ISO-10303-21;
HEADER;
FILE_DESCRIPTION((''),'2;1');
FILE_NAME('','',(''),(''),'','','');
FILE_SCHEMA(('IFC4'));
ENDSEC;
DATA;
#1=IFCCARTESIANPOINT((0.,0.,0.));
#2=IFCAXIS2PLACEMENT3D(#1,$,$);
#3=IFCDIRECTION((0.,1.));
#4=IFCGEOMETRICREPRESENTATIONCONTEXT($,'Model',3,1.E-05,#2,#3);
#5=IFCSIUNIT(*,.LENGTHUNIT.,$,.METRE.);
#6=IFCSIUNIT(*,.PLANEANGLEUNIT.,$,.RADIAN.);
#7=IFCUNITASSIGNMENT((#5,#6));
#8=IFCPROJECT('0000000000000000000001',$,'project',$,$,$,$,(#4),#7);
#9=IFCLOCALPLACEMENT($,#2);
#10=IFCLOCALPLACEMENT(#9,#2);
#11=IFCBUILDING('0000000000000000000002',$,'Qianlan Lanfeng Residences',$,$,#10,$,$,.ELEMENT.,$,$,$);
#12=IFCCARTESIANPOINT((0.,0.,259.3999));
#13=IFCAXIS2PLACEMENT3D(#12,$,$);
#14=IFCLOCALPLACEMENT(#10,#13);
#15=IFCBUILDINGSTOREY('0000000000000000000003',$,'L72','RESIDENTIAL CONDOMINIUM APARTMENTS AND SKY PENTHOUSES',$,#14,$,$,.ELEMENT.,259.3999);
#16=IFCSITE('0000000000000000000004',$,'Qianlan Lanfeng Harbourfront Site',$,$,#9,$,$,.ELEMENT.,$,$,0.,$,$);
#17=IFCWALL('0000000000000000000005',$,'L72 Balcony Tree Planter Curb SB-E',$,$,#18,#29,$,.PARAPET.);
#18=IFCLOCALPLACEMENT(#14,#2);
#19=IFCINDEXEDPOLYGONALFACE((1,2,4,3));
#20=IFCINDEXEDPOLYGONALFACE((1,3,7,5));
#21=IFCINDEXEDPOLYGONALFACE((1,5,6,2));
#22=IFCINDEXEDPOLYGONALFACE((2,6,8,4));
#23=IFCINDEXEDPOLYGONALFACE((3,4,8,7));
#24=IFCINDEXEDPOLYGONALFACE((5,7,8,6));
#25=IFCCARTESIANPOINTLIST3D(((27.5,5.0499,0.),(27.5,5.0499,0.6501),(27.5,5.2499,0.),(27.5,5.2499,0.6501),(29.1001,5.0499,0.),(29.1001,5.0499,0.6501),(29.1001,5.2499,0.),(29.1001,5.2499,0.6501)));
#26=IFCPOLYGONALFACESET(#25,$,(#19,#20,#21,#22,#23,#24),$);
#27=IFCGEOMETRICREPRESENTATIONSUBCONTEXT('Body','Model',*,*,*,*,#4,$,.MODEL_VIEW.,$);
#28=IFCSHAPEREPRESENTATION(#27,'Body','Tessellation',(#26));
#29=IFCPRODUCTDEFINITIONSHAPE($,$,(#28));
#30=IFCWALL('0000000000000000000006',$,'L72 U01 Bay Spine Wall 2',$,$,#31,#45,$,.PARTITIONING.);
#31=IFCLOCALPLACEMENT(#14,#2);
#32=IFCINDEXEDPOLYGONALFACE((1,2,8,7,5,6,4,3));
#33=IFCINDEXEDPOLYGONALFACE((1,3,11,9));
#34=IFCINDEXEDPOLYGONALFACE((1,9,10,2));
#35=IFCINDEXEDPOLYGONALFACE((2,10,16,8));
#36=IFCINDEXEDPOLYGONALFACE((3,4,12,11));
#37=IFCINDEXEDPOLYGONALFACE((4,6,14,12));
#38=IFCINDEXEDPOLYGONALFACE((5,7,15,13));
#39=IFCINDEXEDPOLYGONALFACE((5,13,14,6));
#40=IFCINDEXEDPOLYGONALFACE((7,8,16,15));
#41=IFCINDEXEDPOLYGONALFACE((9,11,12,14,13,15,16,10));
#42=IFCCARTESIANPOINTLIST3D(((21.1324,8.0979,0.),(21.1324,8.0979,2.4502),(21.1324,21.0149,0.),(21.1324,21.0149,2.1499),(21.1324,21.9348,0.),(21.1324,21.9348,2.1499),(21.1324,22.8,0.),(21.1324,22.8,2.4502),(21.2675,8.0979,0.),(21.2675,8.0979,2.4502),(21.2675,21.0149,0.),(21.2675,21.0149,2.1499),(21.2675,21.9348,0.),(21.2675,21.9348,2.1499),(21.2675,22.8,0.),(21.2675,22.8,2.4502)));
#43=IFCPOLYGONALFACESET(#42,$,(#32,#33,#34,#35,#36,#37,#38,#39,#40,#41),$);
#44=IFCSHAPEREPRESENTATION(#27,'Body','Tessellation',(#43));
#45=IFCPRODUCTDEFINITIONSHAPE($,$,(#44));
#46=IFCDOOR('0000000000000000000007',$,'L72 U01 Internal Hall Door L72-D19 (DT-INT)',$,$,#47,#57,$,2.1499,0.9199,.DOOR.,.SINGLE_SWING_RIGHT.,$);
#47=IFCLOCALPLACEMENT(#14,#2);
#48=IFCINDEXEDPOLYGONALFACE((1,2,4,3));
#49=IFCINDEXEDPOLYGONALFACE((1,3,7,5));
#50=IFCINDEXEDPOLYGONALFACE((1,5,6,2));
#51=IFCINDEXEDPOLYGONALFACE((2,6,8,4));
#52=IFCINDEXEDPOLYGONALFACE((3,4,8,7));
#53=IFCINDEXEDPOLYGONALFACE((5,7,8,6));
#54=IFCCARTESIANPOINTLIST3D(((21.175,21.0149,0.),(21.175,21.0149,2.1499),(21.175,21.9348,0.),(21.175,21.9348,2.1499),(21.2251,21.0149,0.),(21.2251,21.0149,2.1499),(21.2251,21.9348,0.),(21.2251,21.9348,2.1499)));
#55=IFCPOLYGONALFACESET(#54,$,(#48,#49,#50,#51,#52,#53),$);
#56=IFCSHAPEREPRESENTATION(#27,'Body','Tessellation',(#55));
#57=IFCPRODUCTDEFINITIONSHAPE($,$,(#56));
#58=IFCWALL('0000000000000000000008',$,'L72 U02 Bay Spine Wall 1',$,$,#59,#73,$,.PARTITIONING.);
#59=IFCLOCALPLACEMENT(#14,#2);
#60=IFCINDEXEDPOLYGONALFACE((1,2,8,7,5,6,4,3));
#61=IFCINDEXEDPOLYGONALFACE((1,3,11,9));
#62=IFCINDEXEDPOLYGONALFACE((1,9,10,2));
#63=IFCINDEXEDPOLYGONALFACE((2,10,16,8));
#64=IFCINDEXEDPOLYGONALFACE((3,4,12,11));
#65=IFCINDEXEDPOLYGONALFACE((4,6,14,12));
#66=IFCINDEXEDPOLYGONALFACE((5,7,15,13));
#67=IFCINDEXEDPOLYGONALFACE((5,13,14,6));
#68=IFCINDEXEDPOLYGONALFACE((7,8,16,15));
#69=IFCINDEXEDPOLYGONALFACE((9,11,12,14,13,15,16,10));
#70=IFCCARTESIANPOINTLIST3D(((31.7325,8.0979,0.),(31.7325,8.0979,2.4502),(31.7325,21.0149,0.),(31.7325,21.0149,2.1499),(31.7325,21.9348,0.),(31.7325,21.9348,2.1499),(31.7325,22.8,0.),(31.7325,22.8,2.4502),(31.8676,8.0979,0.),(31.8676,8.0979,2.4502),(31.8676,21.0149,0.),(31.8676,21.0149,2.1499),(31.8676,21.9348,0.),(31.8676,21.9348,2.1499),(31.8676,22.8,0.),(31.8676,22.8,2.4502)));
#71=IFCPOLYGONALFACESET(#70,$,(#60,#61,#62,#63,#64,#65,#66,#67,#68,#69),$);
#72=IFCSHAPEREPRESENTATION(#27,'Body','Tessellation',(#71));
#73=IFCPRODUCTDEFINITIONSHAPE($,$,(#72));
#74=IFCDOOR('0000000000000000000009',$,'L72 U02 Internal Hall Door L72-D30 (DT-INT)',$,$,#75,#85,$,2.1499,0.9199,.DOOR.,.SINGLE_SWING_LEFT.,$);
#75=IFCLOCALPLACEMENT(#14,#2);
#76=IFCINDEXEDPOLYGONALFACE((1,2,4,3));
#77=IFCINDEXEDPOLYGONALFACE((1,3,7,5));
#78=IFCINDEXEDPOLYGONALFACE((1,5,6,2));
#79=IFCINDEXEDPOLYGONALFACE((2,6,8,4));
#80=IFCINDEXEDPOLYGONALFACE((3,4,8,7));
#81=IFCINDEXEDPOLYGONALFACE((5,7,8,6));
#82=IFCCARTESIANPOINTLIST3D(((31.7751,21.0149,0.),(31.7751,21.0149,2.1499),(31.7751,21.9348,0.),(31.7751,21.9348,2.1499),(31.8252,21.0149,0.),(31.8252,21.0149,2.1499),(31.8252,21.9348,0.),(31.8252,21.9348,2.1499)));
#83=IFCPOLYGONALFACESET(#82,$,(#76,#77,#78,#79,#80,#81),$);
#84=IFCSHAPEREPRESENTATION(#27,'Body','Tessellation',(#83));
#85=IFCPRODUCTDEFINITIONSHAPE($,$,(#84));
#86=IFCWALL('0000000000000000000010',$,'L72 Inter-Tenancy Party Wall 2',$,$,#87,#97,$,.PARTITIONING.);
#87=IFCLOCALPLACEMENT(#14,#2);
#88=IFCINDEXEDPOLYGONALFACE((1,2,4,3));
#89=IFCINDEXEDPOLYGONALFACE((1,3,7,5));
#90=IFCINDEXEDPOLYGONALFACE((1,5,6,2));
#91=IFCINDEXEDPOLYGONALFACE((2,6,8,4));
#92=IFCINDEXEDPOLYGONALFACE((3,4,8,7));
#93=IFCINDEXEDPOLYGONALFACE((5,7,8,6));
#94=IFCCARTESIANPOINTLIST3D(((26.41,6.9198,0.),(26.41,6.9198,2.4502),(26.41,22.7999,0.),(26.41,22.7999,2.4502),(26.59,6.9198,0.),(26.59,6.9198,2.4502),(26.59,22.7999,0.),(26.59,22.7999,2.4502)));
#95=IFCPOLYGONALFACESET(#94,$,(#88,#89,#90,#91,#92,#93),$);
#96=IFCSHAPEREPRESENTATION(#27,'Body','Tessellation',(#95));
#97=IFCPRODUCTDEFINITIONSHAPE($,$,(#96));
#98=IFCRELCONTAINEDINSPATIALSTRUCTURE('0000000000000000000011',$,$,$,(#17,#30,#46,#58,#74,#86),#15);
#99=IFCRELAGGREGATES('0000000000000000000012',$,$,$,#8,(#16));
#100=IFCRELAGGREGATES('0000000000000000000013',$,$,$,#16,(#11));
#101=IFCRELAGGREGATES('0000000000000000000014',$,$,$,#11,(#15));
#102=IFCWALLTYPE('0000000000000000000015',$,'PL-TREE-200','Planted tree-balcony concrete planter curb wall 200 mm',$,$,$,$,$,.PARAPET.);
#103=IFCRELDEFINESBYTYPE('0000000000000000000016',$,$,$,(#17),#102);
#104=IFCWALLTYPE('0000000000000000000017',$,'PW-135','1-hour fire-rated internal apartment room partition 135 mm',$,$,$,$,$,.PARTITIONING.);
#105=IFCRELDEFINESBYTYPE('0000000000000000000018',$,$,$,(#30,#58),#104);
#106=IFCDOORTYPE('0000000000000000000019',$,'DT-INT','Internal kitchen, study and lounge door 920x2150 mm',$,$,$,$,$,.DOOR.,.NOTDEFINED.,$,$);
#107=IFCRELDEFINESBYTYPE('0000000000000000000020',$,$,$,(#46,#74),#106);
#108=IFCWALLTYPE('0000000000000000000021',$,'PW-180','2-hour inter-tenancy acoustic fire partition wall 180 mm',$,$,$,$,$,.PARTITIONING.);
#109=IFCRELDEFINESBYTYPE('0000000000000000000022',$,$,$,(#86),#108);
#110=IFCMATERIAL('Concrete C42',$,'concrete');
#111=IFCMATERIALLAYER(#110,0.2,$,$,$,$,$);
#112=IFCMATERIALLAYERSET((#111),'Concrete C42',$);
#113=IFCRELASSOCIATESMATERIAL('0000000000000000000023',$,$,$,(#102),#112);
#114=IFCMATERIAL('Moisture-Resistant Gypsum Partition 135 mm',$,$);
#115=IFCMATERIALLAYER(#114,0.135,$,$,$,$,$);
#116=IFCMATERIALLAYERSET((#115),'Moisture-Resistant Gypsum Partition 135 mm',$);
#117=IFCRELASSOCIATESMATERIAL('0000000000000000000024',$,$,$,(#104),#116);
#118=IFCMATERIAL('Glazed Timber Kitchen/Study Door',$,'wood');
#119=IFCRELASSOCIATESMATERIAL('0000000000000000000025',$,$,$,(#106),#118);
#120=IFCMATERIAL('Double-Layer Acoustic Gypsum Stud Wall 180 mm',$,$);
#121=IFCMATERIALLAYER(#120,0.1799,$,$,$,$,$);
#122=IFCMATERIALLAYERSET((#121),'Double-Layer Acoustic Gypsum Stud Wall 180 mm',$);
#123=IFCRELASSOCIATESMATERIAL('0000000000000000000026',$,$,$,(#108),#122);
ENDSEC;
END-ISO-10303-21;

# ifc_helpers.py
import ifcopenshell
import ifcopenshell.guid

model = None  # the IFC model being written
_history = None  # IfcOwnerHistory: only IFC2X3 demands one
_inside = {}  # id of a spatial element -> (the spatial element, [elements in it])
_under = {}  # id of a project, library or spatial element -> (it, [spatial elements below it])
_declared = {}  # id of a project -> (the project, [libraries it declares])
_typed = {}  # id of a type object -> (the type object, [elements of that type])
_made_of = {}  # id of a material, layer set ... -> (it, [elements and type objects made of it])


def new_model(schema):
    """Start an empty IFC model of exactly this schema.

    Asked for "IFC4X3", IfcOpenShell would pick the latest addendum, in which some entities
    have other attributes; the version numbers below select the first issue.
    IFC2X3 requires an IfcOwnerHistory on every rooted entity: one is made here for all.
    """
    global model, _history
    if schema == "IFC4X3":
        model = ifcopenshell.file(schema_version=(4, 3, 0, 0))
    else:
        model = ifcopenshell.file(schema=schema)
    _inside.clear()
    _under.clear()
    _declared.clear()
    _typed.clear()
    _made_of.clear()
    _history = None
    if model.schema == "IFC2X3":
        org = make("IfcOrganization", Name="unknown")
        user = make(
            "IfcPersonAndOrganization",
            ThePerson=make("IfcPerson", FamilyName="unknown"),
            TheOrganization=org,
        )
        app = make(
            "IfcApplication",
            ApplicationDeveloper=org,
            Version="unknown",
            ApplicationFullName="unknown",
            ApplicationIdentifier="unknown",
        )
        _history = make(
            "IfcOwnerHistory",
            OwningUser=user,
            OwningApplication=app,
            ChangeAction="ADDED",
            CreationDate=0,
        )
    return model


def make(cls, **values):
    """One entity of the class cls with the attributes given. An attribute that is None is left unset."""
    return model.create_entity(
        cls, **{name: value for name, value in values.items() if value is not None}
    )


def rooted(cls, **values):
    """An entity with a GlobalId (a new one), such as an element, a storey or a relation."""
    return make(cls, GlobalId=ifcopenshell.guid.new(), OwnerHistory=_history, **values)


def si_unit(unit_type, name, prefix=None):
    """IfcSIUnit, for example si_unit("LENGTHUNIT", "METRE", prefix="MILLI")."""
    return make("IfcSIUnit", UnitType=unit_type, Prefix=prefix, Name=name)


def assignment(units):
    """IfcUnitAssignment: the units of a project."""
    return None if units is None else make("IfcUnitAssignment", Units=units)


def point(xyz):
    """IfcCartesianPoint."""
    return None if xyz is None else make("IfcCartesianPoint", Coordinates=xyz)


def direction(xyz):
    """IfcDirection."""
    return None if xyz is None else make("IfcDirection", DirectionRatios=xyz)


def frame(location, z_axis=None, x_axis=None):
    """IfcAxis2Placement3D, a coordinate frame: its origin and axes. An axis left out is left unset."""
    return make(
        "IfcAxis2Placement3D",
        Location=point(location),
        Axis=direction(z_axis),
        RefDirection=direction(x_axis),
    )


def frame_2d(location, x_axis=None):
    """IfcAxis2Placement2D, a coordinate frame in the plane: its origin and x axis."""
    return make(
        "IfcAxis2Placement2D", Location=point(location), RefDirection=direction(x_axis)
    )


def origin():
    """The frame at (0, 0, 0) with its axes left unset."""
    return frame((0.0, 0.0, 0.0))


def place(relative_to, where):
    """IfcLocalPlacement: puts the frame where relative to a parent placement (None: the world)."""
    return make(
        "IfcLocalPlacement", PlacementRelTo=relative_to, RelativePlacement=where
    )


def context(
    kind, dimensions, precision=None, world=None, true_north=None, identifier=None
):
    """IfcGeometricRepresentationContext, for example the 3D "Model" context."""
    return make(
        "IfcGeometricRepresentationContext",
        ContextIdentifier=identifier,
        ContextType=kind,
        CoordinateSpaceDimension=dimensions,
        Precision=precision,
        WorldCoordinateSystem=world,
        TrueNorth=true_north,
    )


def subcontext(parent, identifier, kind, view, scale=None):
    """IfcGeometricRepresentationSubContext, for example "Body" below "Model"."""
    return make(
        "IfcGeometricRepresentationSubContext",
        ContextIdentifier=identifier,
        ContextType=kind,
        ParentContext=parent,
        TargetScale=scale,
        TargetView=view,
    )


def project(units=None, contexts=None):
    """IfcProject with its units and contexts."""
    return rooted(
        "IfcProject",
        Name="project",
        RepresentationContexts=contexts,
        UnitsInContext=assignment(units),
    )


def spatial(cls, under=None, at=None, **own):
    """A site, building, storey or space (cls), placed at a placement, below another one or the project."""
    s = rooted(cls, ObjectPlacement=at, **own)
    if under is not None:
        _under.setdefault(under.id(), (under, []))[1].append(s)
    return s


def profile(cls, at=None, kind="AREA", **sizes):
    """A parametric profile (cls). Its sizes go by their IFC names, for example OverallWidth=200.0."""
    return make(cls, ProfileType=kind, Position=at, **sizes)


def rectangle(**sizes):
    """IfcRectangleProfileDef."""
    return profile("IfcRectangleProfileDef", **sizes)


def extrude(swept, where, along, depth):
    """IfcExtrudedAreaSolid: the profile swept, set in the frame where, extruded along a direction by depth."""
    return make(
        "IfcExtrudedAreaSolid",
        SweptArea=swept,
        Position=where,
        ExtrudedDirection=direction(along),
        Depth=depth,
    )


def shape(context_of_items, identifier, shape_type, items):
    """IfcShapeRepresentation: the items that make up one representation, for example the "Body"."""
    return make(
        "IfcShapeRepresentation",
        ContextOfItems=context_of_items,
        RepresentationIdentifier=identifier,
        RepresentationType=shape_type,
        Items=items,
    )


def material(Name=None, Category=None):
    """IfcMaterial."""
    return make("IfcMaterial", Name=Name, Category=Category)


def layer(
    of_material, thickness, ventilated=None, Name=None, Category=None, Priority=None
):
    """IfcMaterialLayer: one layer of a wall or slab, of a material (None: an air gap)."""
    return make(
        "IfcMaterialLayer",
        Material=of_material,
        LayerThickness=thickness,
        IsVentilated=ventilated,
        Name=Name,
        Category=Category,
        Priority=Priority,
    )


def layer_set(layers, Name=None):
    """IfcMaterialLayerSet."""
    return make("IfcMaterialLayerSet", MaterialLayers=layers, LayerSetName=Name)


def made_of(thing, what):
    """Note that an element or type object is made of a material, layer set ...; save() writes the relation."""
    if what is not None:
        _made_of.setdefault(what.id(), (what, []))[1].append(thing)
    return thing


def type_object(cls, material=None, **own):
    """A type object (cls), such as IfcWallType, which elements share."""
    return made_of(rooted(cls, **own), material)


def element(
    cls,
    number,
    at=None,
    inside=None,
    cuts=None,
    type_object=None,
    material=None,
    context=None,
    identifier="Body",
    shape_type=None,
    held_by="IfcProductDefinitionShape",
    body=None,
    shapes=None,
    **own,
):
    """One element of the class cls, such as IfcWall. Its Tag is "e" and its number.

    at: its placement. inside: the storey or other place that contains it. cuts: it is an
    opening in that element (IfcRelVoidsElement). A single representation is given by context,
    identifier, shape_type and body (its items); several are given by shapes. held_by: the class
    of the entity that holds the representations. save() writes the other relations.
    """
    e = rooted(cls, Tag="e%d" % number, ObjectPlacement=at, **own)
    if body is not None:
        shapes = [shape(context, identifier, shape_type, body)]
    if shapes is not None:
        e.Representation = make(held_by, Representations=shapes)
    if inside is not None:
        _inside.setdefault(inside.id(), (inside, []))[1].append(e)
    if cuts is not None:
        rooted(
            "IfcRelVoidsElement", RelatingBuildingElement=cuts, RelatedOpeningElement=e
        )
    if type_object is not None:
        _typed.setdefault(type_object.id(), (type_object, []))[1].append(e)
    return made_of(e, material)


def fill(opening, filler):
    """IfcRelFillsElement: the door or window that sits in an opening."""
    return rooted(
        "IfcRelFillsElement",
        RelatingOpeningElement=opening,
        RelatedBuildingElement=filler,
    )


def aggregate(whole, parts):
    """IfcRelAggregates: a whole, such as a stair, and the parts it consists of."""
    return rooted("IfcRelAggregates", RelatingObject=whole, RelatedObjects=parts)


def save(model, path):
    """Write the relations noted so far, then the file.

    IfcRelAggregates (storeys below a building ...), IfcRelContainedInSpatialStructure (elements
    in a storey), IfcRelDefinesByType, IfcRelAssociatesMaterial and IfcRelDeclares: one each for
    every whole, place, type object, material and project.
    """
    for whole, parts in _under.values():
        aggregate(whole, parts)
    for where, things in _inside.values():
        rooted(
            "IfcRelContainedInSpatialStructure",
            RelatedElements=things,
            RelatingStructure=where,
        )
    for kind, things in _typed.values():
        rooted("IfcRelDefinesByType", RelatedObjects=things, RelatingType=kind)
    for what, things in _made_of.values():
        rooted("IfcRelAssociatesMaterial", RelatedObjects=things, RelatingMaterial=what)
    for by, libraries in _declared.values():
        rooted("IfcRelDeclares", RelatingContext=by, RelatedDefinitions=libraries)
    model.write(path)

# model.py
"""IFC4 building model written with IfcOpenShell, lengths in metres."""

from ifc_helpers import new_model, si_unit, direction, frame, frame_2d, origin, place, context, subcontext, project, spatial, rectangle, extrude, material, layer, layer_set, type_object, element, fill, save


model = new_model("IFC4")

# Units and contexts
model_context = context("Model", 3, precision=1e-05, world=origin(), true_north=direction((0.0, 1.0)))
body_context = subcontext(model_context, "Body", "Model", "MODEL_VIEW")
ifc_project = project(units=[si_unit("LENGTHUNIT", "METRE"), si_unit("PLANEANGLEUNIT", "RADIAN")], contexts=[model_context])

# Site, building, storey
site_placement = place(None, origin())
site = spatial("IfcSite", under=ifc_project, at=site_placement, Name="Qianlan Lanfeng Harbourfront Site", CompositionType="ELEMENT", RefElevation=0.0)
building_placement = place(site_placement, origin())
building = spatial("IfcBuilding", under=site, at=building_placement, Name="Qianlan Lanfeng Residences", CompositionType="ELEMENT")
storey_placement = place(building_placement, frame((0.0, 0.0, 259.3999)))
storey = spatial("IfcBuildingStorey", under=building, at=storey_placement, Name="L72", Description="RESIDENTIAL CONDOMINIUM APARTMENTS AND SKY PENTHOUSES", CompositionType="ELEMENT", Elevation=259.3999)

# Shared definitions
ifc_material_1 = material(Name="Concrete C42", Category="concrete")

# Wall
ifc_layer_1 = layer(ifc_material_1, 0.2)
ifc_layer_set_1 = layer_set([ifc_layer_1], Name="Concrete C42")
wall_type_1 = type_object("IfcWallType", Name="PL-TREE-200", Description="Planted tree-balcony concrete planter curb wall 200 mm", PredefinedType="PARAPET", material=ifc_layer_set_1)
for number, where, z_axis, x_axis, name in (
    (1, (27.5, 5.1499, 0.0), (0.0, 0.0, 1.0), (1.0, 0.0, 0.0), "L72 Balcony Tree Planter Curb SB-E"),
):
    element("IfcWall", number, at=place(storey_placement, frame(where, z_axis=z_axis, x_axis=x_axis)), inside=storey, type_object=wall_type_1, Name=name, PredefinedType="PARAPET", context=body_context, shape_type="SweptSolid", body=[
        extrude(rectangle(XDim=1.6001, YDim=0.2, at=frame_2d((0.8, 0.0))), origin(), (0.0, 0.0, 1.0), 0.6501),
    ])

# Walls, openings, doors
ifc_material_2 = material(Name="Moisture-Resistant Gypsum Partition 135 mm")
ifc_layer_2 = layer(ifc_material_2, 0.135)
ifc_layer_set_2 = layer_set([ifc_layer_2], Name="Moisture-Resistant Gypsum Partition 135 mm")
wall_type_2 = type_object("IfcWallType", Name="PW-135", Description="1-hour fire-rated internal apartment room partition 135 mm", PredefinedType="PARTITIONING", material=ifc_layer_set_2)
wall_1_placement = place(storey_placement, frame((21.2, 8.0979, 0.0), z_axis=(0.0, 0.0, 1.0), x_axis=(0.0, 1.0, 0.0)))
wall_1 = element("IfcWall", 2, at=wall_1_placement, inside=storey, type_object=wall_type_2, Name="L72 U01 Bay Spine Wall 2", PredefinedType="PARTITIONING", context=body_context, shape_type="SweptSolid", body=[
    extrude(rectangle(XDim=14.7021, YDim=0.135, at=frame_2d((7.3511, 0.0))), origin(), (0.0, 0.0, 1.0), 2.4502),
])
opening_1_placement = place(wall_1_placement, frame((12.917, 0.0, 0.0)))
opening_1 = element("IfcOpeningElement", 3, at=opening_1_placement, cuts=wall_1, PredefinedType="OPENING", context=body_context, shape_type="SweptSolid", body=[
    extrude(rectangle(XDim=0.9199, YDim=2.1499, at=frame_2d((0.46, 1.075))), frame((0.0, 0.0776, 0.0), z_axis=(0.0, -1.0, 0.0), x_axis=(1.0, 0.0, 0.0)), (0.0, 0.0, 1.0), 0.155),
])
ifc_material_3 = material(Name="Glazed Timber Kitchen/Study Door", Category="wood")
door_type_1 = type_object("IfcDoorType", Name="DT-INT", Description="Internal kitchen, study and lounge door 920x2150 mm", OperationType="NOTDEFINED", PredefinedType="DOOR", material=ifc_material_3)
door_1_placement = place(opening_1_placement, origin())
door_1 = element("IfcDoor", 4, at=door_1_placement, inside=storey, type_object=door_type_1, Name="L72 U01 Internal Hall Door L72-D19 (DT-INT)", OperationType="SINGLE_SWING_RIGHT", OverallHeight=2.1499, OverallWidth=0.9199, PredefinedType="DOOR", context=body_context, shape_type="SweptSolid", body=[
    extrude(rectangle(XDim=0.9199, YDim=2.1499, at=frame_2d((0.46, 1.075))), frame((0.0, 0.0249, 0.0), z_axis=(0.0, -1.0, 0.0), x_axis=(1.0, 0.0, 0.0)), (0.0, 0.0, 1.0), 0.05),
])
fill(opening_1, door_1)
wall_2_placement = place(storey_placement, frame((31.8, 8.0979, 0.0), z_axis=(0.0, 0.0, 1.0), x_axis=(0.0, 1.0, 0.0)))
wall_2 = element("IfcWall", 5, at=wall_2_placement, inside=storey, type_object=wall_type_2, Name="L72 U02 Bay Spine Wall 1", PredefinedType="PARTITIONING", context=body_context, shape_type="SweptSolid", body=[
    extrude(rectangle(XDim=14.7021, YDim=0.135, at=frame_2d((7.3511, 0.0))), origin(), (0.0, 0.0, 1.0), 2.4502),
])
opening_2_placement = place(wall_2_placement, frame((12.917, 0.0, 0.0)))
opening_2 = element("IfcOpeningElement", 6, at=opening_2_placement, cuts=wall_2, PredefinedType="OPENING", context=body_context, shape_type="SweptSolid", body=[
    extrude(rectangle(XDim=0.9199, YDim=2.1499, at=frame_2d((0.46, 1.075))), frame((0.0, 0.0776, 0.0), z_axis=(0.0, -1.0, 0.0), x_axis=(1.0, 0.0, 0.0)), (0.0, 0.0, 1.0), 0.155),
])
door_2_placement = place(opening_2_placement, origin())
door_2 = element("IfcDoor", 7, at=door_2_placement, inside=storey, type_object=door_type_1, Name="L72 U02 Internal Hall Door L72-D30 (DT-INT)", OperationType="SINGLE_SWING_LEFT", OverallHeight=2.1499, OverallWidth=0.9199, PredefinedType="DOOR", context=body_context, shape_type="SweptSolid", body=[
    extrude(rectangle(XDim=0.9199, YDim=2.1499, at=frame_2d((0.46, 1.075))), frame((0.0, 0.0249, 0.0), z_axis=(0.0, -1.0, 0.0), x_axis=(1.0, 0.0, 0.0)), (0.0, 0.0, 1.0), 0.05),
])
fill(opening_2, door_2)

# Wall
ifc_material_4 = material(Name="Double-Layer Acoustic Gypsum Stud Wall 180 mm")
ifc_layer_3 = layer(ifc_material_4, 0.1799)
ifc_layer_set_3 = layer_set([ifc_layer_3], Name="Double-Layer Acoustic Gypsum Stud Wall 180 mm")
wall_type_3 = type_object("IfcWallType", Name="PW-180", Description="2-hour inter-tenancy acoustic fire partition wall 180 mm", PredefinedType="PARTITIONING", material=ifc_layer_set_3)
wall_3_placement = place(storey_placement, frame((26.5, 6.9199, 0.0), z_axis=(0.0, 0.0, 1.0), x_axis=(0.0, 1.0, 0.0)))
element("IfcWall", 8, at=wall_3_placement, inside=storey, type_object=wall_type_3, Name="L72 Inter-Tenancy Party Wall 2", PredefinedType="PARTITIONING", context=body_context, shape_type="SweptSolid", body=[
    extrude(rectangle(XDim=15.8801, YDim=0.1799, at=frame_2d((7.9399, 0.0))), origin(), (0.0, 0.0, 1.0), 2.4502),
])

save(model, "model.ifc")
